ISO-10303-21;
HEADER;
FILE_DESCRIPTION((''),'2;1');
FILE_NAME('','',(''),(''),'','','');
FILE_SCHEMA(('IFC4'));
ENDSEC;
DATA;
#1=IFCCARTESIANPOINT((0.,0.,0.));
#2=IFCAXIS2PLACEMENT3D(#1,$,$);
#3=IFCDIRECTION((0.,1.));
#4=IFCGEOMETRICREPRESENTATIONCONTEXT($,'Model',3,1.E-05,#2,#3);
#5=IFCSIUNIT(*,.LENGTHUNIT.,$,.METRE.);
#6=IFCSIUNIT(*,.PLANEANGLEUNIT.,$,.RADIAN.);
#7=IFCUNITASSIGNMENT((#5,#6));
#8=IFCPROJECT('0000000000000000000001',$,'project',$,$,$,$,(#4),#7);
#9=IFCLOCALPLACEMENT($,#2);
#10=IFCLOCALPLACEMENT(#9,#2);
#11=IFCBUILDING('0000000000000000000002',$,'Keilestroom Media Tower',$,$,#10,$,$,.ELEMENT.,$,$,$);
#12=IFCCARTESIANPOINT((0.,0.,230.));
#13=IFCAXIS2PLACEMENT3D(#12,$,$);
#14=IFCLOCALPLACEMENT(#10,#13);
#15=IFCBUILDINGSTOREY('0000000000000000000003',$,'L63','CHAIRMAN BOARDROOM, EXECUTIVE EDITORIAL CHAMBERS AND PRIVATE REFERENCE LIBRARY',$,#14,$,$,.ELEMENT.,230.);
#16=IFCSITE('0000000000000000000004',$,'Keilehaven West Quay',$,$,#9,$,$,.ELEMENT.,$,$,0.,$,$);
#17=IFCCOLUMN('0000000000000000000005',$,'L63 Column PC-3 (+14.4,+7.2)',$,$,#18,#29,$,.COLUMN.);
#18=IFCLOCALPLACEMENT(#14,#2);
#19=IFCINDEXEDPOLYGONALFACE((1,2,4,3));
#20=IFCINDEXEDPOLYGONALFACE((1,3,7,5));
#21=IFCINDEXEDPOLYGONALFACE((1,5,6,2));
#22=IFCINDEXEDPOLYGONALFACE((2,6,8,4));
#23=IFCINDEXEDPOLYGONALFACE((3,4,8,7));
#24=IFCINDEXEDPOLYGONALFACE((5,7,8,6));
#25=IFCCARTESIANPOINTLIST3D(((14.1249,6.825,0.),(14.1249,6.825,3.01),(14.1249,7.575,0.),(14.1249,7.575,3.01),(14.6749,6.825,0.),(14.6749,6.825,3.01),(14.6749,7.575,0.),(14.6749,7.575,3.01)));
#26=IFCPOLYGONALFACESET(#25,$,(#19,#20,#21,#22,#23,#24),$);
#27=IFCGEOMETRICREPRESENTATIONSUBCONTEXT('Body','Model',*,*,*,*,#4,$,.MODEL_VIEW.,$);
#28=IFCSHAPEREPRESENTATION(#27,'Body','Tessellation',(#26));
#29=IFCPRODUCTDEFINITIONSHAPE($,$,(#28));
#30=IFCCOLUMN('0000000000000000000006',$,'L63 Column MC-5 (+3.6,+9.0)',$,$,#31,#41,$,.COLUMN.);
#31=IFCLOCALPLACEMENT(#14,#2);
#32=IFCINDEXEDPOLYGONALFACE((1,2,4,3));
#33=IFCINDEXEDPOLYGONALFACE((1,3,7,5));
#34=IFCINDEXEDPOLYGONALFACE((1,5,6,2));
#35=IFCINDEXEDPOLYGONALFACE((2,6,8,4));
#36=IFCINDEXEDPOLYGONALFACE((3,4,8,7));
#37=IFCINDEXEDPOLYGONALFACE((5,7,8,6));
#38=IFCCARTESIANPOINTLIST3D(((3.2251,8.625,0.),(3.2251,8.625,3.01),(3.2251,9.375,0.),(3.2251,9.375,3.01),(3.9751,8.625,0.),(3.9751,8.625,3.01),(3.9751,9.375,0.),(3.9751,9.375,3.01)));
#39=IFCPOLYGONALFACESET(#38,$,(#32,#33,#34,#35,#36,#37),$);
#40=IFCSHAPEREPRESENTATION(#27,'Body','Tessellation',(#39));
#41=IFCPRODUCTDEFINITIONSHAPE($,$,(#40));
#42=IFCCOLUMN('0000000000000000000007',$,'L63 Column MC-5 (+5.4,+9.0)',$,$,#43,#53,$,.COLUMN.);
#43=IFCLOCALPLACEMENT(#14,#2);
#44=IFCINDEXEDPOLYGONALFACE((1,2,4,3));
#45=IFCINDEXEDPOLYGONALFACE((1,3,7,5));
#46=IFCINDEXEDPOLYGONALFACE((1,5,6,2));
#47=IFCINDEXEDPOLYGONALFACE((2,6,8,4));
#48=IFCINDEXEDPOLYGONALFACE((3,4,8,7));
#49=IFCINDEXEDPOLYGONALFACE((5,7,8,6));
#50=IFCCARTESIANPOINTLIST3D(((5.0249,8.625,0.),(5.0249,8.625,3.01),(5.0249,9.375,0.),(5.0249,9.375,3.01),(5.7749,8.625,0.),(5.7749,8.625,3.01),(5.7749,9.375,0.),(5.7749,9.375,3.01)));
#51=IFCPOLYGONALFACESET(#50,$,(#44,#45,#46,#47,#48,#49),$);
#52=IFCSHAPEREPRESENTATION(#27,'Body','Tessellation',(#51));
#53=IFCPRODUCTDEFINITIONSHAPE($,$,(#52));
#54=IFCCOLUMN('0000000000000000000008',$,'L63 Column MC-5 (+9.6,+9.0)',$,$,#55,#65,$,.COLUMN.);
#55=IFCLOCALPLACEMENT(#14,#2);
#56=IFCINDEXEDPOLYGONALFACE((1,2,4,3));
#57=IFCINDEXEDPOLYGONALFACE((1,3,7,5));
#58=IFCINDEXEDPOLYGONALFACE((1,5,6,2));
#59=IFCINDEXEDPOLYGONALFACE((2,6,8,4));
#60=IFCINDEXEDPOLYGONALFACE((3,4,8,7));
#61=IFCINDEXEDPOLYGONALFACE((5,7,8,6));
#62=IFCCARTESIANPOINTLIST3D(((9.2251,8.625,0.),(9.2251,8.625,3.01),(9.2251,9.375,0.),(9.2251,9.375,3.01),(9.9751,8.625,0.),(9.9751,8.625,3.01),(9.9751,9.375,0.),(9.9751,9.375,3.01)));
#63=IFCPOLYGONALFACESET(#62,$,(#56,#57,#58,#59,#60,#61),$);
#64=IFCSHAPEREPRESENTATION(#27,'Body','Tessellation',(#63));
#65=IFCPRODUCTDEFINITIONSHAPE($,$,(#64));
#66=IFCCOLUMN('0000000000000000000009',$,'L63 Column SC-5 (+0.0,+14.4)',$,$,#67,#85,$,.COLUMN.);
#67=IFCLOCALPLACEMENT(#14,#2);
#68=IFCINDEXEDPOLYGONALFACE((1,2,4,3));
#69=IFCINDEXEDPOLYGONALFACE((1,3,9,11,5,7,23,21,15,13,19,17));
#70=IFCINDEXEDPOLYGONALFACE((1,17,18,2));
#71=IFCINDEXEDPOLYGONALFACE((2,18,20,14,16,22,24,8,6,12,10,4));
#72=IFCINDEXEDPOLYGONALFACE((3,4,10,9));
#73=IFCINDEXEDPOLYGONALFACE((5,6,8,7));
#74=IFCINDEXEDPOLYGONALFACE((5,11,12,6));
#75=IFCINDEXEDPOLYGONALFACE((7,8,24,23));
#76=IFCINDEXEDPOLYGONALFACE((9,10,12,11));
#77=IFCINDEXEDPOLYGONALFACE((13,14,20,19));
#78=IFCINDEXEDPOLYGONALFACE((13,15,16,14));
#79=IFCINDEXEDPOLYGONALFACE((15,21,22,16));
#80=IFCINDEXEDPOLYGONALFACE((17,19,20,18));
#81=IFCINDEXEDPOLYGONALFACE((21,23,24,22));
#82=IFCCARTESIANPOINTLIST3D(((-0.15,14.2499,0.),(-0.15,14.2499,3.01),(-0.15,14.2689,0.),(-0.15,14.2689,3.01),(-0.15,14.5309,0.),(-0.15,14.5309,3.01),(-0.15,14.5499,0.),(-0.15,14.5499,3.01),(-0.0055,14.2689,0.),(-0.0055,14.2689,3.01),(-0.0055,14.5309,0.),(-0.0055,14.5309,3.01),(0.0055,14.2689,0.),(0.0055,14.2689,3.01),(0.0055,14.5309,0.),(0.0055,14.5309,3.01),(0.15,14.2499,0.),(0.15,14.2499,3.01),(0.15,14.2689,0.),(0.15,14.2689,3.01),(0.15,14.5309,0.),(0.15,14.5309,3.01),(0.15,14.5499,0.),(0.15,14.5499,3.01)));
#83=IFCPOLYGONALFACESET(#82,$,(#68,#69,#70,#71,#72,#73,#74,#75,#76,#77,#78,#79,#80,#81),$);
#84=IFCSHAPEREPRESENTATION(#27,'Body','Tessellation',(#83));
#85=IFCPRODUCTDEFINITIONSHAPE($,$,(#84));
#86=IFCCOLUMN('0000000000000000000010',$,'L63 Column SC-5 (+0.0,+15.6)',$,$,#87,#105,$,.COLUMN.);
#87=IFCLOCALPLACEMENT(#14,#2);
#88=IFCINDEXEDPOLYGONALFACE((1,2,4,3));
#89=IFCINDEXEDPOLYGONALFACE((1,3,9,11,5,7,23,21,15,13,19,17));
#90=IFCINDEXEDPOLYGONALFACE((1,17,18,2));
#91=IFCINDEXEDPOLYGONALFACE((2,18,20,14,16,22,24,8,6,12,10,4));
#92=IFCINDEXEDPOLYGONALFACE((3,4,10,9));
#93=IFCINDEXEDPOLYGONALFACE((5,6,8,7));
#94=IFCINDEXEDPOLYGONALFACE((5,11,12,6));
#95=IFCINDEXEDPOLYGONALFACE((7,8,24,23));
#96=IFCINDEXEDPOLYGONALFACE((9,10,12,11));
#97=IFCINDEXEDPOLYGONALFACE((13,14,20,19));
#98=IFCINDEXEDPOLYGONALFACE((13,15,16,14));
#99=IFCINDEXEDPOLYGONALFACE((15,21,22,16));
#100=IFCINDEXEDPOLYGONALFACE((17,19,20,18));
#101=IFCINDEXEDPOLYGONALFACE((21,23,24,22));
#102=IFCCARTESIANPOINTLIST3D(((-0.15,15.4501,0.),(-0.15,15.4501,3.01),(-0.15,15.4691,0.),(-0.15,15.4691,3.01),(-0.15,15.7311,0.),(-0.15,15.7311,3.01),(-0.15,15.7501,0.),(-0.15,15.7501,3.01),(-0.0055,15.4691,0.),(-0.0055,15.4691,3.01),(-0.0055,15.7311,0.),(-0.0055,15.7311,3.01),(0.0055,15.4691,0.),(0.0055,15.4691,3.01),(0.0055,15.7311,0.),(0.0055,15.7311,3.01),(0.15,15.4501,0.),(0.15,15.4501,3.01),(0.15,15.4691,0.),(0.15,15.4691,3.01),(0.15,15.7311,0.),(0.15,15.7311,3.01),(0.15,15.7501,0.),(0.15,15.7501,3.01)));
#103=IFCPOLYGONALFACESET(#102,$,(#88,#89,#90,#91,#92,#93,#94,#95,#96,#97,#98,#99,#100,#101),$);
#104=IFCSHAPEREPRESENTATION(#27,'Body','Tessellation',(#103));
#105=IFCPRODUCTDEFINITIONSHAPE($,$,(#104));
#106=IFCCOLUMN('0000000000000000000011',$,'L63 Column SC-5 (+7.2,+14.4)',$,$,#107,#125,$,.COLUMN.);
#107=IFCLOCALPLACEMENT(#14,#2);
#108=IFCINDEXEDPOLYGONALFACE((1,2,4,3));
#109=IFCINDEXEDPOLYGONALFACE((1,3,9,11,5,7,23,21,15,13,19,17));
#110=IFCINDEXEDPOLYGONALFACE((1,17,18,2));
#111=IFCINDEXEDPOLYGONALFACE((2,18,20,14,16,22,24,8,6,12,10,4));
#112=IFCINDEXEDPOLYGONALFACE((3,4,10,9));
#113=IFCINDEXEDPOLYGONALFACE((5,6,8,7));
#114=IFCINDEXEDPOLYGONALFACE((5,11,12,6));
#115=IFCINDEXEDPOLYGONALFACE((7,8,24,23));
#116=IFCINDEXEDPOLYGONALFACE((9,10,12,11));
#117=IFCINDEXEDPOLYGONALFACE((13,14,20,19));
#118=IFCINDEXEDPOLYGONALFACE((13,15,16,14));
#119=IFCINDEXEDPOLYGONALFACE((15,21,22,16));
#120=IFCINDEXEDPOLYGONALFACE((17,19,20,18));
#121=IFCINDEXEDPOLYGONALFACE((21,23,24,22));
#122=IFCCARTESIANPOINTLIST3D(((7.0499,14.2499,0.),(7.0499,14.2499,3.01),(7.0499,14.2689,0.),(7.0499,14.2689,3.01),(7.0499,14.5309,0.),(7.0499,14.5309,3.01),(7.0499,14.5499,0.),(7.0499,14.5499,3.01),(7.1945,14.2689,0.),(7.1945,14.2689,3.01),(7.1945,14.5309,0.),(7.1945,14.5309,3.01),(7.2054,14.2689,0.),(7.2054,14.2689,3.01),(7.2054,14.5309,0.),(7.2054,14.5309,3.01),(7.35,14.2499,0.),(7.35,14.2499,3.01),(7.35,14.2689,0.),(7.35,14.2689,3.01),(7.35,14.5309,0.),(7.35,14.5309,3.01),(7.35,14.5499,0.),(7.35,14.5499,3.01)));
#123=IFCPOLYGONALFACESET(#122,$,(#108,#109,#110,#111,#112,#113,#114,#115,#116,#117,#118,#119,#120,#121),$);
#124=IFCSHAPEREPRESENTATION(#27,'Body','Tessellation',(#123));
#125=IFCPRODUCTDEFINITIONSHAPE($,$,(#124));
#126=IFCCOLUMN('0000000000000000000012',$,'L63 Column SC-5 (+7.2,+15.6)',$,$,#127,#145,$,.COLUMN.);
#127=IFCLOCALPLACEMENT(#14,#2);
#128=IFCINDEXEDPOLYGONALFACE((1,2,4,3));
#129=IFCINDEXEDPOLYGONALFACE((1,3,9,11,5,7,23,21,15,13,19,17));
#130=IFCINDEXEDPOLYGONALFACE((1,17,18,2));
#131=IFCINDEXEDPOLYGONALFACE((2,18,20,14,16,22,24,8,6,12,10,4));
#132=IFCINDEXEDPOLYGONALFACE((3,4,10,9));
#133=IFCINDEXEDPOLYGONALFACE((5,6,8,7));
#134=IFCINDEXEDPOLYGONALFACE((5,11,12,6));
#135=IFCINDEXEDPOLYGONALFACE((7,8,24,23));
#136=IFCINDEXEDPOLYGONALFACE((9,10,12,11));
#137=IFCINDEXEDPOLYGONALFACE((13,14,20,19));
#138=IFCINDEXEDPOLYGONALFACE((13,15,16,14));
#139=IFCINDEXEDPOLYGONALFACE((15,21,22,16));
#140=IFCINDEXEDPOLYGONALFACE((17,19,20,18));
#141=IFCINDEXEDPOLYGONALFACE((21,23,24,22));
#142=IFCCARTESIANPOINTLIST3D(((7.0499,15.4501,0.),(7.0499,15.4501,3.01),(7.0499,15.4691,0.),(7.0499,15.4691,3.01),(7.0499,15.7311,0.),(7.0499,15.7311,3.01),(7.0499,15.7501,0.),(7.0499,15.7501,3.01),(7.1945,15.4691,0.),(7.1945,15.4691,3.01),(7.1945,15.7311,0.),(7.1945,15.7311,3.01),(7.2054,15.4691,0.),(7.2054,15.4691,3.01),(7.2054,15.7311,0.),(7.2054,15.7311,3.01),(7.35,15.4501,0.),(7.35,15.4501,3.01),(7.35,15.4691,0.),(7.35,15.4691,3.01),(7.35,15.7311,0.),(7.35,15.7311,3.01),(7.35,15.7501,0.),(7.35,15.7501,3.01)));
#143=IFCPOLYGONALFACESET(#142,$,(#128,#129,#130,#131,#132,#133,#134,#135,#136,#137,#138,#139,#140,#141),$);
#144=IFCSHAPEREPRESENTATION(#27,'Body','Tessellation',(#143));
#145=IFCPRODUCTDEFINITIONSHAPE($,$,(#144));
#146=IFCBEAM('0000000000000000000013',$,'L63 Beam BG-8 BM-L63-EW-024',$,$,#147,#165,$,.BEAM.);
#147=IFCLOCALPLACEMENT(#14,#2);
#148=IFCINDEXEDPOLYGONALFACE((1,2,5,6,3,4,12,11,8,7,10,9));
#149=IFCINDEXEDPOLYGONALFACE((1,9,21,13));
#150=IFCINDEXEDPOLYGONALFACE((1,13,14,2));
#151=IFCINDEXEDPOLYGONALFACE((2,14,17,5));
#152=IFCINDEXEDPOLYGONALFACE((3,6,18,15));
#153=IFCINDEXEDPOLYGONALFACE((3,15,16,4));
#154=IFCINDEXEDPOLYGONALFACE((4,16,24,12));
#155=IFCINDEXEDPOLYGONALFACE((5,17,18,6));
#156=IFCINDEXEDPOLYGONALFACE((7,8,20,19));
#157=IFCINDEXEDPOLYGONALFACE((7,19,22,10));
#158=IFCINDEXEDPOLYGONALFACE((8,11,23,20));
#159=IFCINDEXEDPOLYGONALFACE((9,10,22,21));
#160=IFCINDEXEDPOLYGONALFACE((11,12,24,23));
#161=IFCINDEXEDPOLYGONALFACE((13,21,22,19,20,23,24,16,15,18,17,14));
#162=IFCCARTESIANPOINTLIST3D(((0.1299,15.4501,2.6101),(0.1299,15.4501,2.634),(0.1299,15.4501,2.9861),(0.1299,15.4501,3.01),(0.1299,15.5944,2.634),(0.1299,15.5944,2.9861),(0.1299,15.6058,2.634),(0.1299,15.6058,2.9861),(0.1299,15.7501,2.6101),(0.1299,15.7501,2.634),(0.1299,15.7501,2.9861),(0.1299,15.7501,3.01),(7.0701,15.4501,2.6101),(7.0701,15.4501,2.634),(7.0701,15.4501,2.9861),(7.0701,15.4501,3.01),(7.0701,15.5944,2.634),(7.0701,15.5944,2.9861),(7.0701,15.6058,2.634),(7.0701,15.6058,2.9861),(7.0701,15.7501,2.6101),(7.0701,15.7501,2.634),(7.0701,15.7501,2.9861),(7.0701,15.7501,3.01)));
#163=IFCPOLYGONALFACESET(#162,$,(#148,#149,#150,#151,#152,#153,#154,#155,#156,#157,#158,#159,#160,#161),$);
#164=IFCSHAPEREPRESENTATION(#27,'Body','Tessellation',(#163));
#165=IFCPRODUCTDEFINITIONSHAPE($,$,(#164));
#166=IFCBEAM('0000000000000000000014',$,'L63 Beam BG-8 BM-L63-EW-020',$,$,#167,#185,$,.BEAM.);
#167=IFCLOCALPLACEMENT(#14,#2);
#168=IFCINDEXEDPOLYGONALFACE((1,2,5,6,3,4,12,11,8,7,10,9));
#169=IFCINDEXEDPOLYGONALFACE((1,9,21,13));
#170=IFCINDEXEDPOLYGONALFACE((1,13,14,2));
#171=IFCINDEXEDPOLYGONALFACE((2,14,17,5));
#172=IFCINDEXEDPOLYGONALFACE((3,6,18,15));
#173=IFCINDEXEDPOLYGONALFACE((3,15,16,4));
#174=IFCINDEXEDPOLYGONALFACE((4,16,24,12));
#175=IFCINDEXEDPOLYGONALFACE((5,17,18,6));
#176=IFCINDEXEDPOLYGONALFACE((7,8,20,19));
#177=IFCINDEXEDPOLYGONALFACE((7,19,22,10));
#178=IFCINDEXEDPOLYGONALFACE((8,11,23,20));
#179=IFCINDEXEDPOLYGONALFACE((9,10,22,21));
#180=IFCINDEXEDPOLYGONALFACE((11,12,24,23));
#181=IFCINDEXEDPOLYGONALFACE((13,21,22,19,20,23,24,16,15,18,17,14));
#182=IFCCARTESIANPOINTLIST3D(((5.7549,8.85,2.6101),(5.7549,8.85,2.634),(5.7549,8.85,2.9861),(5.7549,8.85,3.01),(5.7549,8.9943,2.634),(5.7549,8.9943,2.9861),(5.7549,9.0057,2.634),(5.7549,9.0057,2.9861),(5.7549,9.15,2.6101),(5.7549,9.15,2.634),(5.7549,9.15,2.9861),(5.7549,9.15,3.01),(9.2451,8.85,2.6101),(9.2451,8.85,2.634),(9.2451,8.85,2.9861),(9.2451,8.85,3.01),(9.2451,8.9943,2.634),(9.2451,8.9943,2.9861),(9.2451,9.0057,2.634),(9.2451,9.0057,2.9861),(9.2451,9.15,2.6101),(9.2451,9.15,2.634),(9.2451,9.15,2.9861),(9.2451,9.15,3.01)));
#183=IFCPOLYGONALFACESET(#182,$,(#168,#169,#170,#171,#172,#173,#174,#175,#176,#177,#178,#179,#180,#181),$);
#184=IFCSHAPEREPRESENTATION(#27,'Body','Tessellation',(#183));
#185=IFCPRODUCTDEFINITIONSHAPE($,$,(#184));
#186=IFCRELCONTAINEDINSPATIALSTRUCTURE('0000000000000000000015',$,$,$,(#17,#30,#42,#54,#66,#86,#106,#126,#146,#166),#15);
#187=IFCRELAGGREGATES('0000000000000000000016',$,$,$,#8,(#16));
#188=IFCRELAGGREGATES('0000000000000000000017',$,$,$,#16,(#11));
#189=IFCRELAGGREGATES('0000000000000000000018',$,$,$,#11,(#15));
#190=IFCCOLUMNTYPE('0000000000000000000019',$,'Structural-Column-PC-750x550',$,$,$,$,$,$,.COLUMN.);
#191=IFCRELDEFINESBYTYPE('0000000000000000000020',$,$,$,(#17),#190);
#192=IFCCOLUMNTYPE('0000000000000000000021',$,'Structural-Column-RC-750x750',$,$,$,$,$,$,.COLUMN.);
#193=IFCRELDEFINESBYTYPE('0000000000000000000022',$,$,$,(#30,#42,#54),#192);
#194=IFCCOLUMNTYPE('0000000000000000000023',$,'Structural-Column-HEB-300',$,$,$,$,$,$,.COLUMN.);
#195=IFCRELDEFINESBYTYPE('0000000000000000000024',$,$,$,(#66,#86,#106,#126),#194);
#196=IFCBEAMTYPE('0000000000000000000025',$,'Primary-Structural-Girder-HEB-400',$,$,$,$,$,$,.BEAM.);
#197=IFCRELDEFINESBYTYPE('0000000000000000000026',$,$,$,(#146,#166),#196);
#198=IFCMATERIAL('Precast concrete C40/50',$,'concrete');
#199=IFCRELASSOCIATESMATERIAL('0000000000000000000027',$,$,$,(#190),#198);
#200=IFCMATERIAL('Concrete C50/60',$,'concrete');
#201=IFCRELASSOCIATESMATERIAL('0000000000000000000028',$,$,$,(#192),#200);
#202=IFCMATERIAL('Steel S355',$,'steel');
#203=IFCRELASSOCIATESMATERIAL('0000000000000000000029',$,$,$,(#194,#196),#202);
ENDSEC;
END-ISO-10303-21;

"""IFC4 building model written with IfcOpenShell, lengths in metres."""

from ifc_helpers import new_model, si_unit, direction, frame, origin, origin_2d, place, context, subcontext, project, spatial, rectangle, i_section, extrude, source, transform, mapped, material, material_profile, profile_set, type_object, element, save


model = new_model("IFC4")

# Units and contexts
model_context = context("Model", 3, precision=1e-05, world=origin(), true_north=direction((0.0, 1.0)))
body_context = subcontext(model_context, "Body", "Model", "MODEL_VIEW")
ifc_project = project(units=[si_unit("LENGTHUNIT", "METRE"), si_unit("PLANEANGLEUNIT", "RADIAN")], contexts=[model_context])

# Site, building, storey
site_placement = place(None, origin())
site = spatial("IfcSite", under=ifc_project, at=site_placement, Name="Keilehaven West Quay", CompositionType="ELEMENT", RefElevation=0.0)
building_placement = place(site_placement, origin())
building = spatial("IfcBuilding", under=site, at=building_placement, Name="Keilestroom Media Tower", CompositionType="ELEMENT")
storey_placement = place(building_placement, frame((0.0, 0.0, 230.0)))
storey = spatial("IfcBuildingStorey", under=building, at=storey_placement, Name="L63", Description="CHAIRMAN BOARDROOM, EXECUTIVE EDITORIAL CHAMBERS AND PRIVATE REFERENCE LIBRARY", CompositionType="ELEMENT", Elevation=230.0)

# Columns
ifc_material_1 = material(Name="Precast concrete C40/50", Category="concrete")
ifc_material_profile_1 = material_profile(ifc_material_1, rectangle(XDim=0.55, YDim=0.75, at=origin_2d()), Name="PC 750x550")
ifc_profile_set_1 = profile_set([ifc_material_profile_1], Name="Precast concrete C40/50")
column_type_1 = type_object("IfcColumnType", Name="Structural-Column-PC-750x550", PredefinedType="COLUMN", material=ifc_profile_set_1)
shared_shape_1 = source(origin(), body_context, "Body", "SweptSolid", [
    extrude(rectangle(XDim=0.55, YDim=0.75, at=origin_2d()), origin(), (0.0, 0.0, 1.0), 3.01),
])
column_placement = place(storey_placement, frame((14.3999, 7.2, 0.0), z_axis=(0.0, 0.0, 1.0), x_axis=(1.0, 0.0, 0.0)))
element("IfcColumn", 1, at=column_placement, inside=storey, type_object=column_type_1, Name="L63 Column PC-3 (+14.4,+7.2)", PredefinedType="COLUMN", context=body_context, shape_type="MappedRepresentation", body=[
    mapped(shared_shape_1, transform((0.0, 0.0, 0.0), x_axis=(1.0, 0.0, 0.0), y_axis=(0.0, 1.0, 0.0), z_axis=(0.0, 0.0, 1.0), scale=1.0)),
])
ifc_material_2 = material(Name="Concrete C50/60", Category="concrete")
ifc_material_profile_2 = material_profile(ifc_material_2, rectangle(XDim=0.75, YDim=0.75, at=origin_2d()), Name="RC 750x750")
ifc_profile_set_2 = profile_set([ifc_material_profile_2], Name="Concrete C50/60")
column_type_2 = type_object("IfcColumnType", Name="Structural-Column-RC-750x750", PredefinedType="COLUMN", material=ifc_profile_set_2)
shared_shape_2 = source(origin(), body_context, "Body", "SweptSolid", [
    extrude(rectangle(XDim=0.75, YDim=0.75, at=origin_2d()), origin(), (0.0, 0.0, 1.0), 3.01),
])
for number, where, z_axis, x_axis, name in (
    (2, (3.6001, 9.0, 0.0), (0.0, 0.0, 1.0), (1.0, 0.0, 0.0), "L63 Column MC-5 (+3.6,+9.0)"),
    (3, (5.3999, 9.0, 0.0), (0.0, 0.0, 1.0), (1.0, 0.0, 0.0), "L63 Column MC-5 (+5.4,+9.0)"),
    (4, (9.6001, 9.0, 0.0), (0.0, 0.0, 1.0), (1.0, 0.0, 0.0), "L63 Column MC-5 (+9.6,+9.0)"),
):
    element("IfcColumn", number, at=place(storey_placement, frame(where, z_axis=z_axis, x_axis=x_axis)), inside=storey, type_object=column_type_2, Name=name, PredefinedType="COLUMN", context=body_context, shape_type="MappedRepresentation", body=[
        mapped(shared_shape_2, transform((0.0, 0.0, 0.0), x_axis=(1.0, 0.0, 0.0), y_axis=(0.0, 1.0, 0.0), z_axis=(0.0, 0.0, 1.0), scale=1.0)),
    ])
ifc_material_3 = material(Name="Steel S355", Category="steel")
ifc_material_profile_3 = material_profile(ifc_material_3, i_section(OverallWidth=0.3, OverallDepth=0.3, WebThickness=0.011, FlangeThickness=0.019, at=origin_2d()), Name="HEB 300")
ifc_profile_set_3 = profile_set([ifc_material_profile_3], Name="Steel S355")
column_type_3 = type_object("IfcColumnType", Name="Structural-Column-HEB-300", PredefinedType="COLUMN", material=ifc_profile_set_3)
shared_shape_3 = source(origin(), body_context, "Body", "SweptSolid", [
    extrude(i_section(OverallWidth=0.3, OverallDepth=0.3, WebThickness=0.011, FlangeThickness=0.019, at=origin_2d()), origin(), (0.0, 0.0, 1.0), 3.01),
])
for number, where, z_axis, x_axis, name in (
    (5, (0.0, 14.3999, 0.0), (0.0, 0.0, 1.0), (1.0, 0.0, 0.0), "L63 Column SC-5 (+0.0,+14.4)"),
    (6, (0.0, 15.6001, 0.0), (0.0, 0.0, 1.0), (1.0, 0.0, 0.0), "L63 Column SC-5 (+0.0,+15.6)"),
    (7, (7.2, 14.3999, 0.0), (0.0, 0.0, 1.0), (1.0, 0.0, 0.0), "L63 Column SC-5 (+7.2,+14.4)"),
    (8, (7.2, 15.6001, 0.0), (0.0, 0.0, 1.0), (1.0, 0.0, 0.0), "L63 Column SC-5 (+7.2,+15.6)"),
):
    element("IfcColumn", number, at=place(storey_placement, frame(where, z_axis=z_axis, x_axis=x_axis)), inside=storey, type_object=column_type_3, Name=name, PredefinedType="COLUMN", context=body_context, shape_type="MappedRepresentation", body=[
        mapped(shared_shape_3, transform((0.0, 0.0, 0.0), x_axis=(1.0, 0.0, 0.0), y_axis=(0.0, 1.0, 0.0), z_axis=(0.0, 0.0, 1.0), scale=1.0)),
    ])

# Beams
ifc_material_profile_4 = material_profile(ifc_material_3, i_section(OverallWidth=0.3, OverallDepth=0.3999, WebThickness=0.0115, FlangeThickness=0.0239, at=origin_2d()), Name="HEB 400")
ifc_profile_set_4 = profile_set([ifc_material_profile_4], Name="Steel S355")
beam_type = type_object("IfcBeamType", Name="Primary-Structural-Girder-HEB-400", PredefinedType="BEAM", material=ifc_profile_set_4)
shared_shape_4 = source(origin(), body_context, "Body", "SweptSolid", [
    extrude(i_section(OverallWidth=0.3, OverallDepth=0.3999, WebThickness=0.0115, FlangeThickness=0.0239, at=origin_2d()), origin(), (0.0, 0.0, 1.0), 6.9402),
])
beam_1_placement = place(storey_placement, frame((0.1299, 15.6001, 2.8101), z_axis=(1.0, 0.0, 0.0), x_axis=(0.0, 1.0, 0.0)))
element("IfcBeam", 9, at=beam_1_placement, inside=storey, type_object=beam_type, Name="L63 Beam BG-8 BM-L63-EW-024", PredefinedType="BEAM", context=body_context, shape_type="MappedRepresentation", body=[
    mapped(shared_shape_4, transform((0.0, 0.0, 0.0), x_axis=(1.0, 0.0, 0.0), y_axis=(0.0, 1.0, 0.0), z_axis=(0.0, 0.0, 1.0), scale=1.0)),
])
shared_shape_5 = source(origin(), body_context, "Body", "SweptSolid", [
    extrude(i_section(OverallWidth=0.3, OverallDepth=0.3999, WebThickness=0.0115, FlangeThickness=0.0239, at=origin_2d()), origin(), (0.0, 0.0, 1.0), 3.4902),
])
beam_2_placement = place(storey_placement, frame((5.7549, 9.0, 2.8101), z_axis=(1.0, 0.0, 0.0), x_axis=(0.0, 1.0, 0.0)))
element("IfcBeam", 10, at=beam_2_placement, inside=storey, type_object=beam_type, Name="L63 Beam BG-8 BM-L63-EW-020", PredefinedType="BEAM", context=body_context, shape_type="MappedRepresentation", body=[
    mapped(shared_shape_5, transform((0.0, 0.0, 0.0), x_axis=(1.0, 0.0, 0.0), y_axis=(0.0, 1.0, 0.0), z_axis=(0.0, 0.0, 1.0), scale=1.0)),
])

save(model, "model.ifc")
